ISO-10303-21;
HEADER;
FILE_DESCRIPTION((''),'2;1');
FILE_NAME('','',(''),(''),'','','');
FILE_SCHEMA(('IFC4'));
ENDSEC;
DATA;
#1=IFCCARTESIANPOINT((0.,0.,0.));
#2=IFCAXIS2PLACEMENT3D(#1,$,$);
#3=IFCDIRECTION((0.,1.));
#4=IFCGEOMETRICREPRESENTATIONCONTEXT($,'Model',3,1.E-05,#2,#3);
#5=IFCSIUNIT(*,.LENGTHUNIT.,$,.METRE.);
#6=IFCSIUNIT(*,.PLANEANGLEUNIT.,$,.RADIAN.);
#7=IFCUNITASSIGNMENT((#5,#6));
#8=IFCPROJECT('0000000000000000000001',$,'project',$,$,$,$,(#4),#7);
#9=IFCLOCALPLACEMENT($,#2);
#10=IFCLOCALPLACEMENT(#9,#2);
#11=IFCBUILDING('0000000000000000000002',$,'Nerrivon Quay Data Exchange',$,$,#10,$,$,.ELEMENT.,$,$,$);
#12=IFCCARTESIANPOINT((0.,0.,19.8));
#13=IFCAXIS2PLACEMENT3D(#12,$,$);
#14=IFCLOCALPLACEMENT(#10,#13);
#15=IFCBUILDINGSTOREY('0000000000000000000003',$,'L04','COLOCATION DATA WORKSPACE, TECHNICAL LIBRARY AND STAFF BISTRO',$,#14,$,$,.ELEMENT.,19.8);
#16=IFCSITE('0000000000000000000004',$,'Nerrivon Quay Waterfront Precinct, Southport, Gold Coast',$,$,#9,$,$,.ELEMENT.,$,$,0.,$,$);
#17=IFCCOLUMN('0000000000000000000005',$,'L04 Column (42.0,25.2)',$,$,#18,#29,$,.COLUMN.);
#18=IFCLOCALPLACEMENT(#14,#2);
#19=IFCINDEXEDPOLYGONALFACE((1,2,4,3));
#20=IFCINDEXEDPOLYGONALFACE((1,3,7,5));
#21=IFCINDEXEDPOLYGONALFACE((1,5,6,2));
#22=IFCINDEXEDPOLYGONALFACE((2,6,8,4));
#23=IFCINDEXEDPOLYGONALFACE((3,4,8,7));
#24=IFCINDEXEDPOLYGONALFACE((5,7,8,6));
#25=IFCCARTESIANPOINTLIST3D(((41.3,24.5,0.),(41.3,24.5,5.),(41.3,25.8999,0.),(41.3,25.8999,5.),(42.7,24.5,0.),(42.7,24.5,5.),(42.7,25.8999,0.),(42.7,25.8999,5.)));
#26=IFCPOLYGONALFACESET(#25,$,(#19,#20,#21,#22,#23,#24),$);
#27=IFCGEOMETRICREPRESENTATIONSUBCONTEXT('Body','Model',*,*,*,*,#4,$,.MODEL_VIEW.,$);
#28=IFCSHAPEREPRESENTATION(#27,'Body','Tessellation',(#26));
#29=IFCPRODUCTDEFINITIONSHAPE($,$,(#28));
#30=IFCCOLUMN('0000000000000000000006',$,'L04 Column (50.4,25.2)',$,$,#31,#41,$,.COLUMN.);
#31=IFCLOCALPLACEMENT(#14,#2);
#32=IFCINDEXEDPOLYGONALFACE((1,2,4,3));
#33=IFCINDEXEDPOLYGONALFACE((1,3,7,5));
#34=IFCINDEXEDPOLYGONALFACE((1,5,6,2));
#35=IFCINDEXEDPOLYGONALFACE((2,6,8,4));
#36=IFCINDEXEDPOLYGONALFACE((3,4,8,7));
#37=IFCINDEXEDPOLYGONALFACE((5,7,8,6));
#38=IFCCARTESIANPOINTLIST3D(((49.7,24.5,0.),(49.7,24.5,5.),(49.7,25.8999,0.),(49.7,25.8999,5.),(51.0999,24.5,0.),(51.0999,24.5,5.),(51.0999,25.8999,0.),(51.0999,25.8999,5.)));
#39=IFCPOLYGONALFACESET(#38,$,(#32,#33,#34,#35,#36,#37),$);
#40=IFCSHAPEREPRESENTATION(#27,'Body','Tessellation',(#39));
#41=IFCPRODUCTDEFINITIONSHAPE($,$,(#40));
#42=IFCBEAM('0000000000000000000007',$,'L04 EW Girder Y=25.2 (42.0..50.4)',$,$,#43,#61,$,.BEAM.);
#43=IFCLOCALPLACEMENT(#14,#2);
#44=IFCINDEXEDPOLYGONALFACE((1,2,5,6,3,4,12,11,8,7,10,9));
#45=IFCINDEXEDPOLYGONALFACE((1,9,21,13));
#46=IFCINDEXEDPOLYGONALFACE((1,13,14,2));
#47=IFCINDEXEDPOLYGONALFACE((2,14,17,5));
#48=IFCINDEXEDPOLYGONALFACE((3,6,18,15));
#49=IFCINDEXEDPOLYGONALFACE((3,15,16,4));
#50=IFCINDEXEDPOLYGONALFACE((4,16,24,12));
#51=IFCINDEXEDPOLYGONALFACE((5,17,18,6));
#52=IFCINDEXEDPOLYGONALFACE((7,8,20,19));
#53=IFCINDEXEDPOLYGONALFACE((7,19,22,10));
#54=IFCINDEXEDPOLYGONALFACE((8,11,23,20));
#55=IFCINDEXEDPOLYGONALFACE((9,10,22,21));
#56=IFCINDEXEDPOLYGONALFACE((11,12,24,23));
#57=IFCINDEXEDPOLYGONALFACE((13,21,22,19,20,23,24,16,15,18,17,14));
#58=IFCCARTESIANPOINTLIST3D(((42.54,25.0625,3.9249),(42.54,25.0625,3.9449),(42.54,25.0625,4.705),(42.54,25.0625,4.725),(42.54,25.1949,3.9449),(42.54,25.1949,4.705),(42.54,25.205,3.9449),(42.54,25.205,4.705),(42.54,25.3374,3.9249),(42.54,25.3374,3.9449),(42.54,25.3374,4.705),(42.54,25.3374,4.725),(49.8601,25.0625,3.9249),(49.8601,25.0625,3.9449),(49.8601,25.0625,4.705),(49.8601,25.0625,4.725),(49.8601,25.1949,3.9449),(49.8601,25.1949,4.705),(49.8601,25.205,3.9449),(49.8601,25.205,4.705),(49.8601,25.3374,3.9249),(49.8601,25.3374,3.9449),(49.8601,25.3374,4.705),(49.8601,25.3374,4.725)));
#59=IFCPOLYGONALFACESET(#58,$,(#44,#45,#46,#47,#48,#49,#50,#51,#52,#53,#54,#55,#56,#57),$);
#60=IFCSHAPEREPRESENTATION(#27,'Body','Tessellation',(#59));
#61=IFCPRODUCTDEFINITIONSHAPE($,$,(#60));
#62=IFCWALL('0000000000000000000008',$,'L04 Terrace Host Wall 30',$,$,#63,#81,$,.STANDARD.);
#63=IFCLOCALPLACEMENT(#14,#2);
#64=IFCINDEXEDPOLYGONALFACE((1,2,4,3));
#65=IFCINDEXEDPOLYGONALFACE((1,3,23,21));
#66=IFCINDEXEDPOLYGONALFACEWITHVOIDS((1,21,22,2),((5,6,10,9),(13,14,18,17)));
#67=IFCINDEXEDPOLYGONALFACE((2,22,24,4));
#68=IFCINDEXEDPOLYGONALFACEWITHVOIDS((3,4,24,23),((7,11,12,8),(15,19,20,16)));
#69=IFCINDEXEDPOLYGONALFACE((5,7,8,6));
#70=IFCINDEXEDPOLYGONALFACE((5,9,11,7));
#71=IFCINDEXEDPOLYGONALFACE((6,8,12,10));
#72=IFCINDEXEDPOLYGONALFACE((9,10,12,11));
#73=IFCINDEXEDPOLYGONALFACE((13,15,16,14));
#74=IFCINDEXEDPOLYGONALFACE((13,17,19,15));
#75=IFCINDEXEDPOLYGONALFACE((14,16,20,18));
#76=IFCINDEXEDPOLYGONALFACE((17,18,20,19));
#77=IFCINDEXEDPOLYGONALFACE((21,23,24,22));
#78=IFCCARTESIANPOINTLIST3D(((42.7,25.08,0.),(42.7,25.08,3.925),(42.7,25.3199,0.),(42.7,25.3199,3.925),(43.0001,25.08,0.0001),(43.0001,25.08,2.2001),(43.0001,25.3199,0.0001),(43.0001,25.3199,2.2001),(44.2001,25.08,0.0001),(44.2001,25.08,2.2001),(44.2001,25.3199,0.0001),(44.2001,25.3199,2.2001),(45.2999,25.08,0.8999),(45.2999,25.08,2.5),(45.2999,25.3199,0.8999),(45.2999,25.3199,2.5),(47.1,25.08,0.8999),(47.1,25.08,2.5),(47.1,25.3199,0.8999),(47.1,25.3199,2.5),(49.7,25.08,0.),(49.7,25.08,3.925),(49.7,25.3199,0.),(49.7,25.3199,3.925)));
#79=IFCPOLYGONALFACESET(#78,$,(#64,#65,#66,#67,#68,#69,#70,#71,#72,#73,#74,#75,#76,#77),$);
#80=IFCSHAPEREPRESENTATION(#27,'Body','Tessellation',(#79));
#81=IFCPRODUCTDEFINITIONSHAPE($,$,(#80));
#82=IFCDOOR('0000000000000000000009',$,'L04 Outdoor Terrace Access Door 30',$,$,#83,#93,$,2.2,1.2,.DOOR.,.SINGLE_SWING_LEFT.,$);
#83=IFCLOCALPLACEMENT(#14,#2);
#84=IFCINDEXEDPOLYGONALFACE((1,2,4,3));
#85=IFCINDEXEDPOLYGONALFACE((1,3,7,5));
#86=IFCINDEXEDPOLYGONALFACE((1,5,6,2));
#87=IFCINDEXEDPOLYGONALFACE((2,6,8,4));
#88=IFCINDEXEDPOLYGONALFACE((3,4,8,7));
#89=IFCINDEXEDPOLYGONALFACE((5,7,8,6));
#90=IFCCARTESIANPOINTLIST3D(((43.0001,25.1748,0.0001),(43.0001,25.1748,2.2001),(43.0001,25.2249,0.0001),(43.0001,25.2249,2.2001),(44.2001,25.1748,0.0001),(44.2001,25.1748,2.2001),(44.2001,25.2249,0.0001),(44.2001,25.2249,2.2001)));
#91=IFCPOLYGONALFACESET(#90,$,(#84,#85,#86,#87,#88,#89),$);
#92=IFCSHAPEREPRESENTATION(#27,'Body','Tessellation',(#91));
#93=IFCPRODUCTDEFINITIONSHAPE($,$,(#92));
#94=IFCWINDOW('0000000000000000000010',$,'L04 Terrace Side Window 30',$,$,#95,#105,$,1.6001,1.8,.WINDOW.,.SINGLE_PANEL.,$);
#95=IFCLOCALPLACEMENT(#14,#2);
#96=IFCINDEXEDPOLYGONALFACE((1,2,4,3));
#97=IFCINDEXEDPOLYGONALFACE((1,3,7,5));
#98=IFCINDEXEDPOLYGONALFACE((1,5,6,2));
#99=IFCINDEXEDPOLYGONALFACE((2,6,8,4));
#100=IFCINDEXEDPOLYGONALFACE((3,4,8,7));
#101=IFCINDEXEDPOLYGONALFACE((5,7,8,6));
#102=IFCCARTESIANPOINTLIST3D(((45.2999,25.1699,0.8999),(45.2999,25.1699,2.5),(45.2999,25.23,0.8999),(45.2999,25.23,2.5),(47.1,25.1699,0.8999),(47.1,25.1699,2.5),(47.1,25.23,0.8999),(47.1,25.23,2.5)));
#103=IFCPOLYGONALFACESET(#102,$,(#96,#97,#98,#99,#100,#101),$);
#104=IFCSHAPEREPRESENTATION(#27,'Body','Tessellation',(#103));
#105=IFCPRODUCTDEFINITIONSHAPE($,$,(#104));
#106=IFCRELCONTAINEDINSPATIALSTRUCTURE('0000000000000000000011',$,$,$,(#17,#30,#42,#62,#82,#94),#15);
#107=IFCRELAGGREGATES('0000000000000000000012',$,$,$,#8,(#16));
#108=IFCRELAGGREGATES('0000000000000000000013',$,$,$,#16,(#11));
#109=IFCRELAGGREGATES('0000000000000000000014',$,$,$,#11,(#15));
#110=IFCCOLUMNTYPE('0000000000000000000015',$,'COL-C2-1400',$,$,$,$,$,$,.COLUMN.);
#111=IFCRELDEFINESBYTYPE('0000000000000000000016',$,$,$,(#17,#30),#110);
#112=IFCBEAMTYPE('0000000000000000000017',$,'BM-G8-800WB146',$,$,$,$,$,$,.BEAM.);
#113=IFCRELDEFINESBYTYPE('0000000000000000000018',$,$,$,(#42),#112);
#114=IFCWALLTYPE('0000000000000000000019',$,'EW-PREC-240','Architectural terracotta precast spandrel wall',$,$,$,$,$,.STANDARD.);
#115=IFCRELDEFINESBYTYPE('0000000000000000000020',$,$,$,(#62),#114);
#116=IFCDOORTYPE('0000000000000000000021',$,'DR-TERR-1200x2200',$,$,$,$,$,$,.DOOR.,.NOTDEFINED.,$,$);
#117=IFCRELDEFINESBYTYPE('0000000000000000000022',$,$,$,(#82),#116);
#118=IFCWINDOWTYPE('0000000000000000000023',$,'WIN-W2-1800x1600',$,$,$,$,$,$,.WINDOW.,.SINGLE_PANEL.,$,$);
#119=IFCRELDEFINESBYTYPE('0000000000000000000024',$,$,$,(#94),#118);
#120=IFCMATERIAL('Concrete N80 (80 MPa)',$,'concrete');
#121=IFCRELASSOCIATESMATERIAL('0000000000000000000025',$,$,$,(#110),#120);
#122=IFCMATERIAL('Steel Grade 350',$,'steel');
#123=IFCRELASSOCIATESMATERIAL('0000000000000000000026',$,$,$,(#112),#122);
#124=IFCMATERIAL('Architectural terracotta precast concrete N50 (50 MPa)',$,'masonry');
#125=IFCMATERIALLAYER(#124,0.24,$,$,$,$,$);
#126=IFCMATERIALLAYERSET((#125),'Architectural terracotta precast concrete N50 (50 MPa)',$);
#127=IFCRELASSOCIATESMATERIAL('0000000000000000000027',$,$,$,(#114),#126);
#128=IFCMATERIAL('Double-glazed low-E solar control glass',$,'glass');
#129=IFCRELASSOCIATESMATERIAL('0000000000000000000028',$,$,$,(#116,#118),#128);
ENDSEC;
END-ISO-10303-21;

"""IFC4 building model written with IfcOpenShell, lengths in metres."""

from ifc_helpers import new_model, si_unit, direction, frame, frame_2d, origin, origin_2d, place, context, subcontext, project, spatial, rectangle, i_section, extrude, material, layer, layer_set, material_profile, profile_set, type_object, element, fill, save


model = new_model("IFC4")

# Units and contexts
model_context = context("Model", 3, precision=1e-05, world=origin(), true_north=direction((0.0, 1.0)))
body_context = subcontext(model_context, "Body", "Model", "MODEL_VIEW")
ifc_project = project(units=[si_unit("LENGTHUNIT", "METRE"), si_unit("PLANEANGLEUNIT", "RADIAN")], contexts=[model_context])

# Site, building, storey
site_placement = place(None, origin())
site = spatial("IfcSite", under=ifc_project, at=site_placement, Name="Nerrivon Quay Waterfront Precinct, Southport, Gold Coast", CompositionType="ELEMENT", RefElevation=0.0)
building_placement = place(site_placement, origin())
building = spatial("IfcBuilding", under=site, at=building_placement, Name="Nerrivon Quay Data Exchange", CompositionType="ELEMENT")
storey_placement = place(building_placement, frame((0.0, 0.0, 19.8)))
storey = spatial("IfcBuildingStorey", under=building, at=storey_placement, Name="L04", Description="COLOCATION DATA WORKSPACE, TECHNICAL LIBRARY AND STAFF BISTRO", CompositionType="ELEMENT", Elevation=19.8)

# Columns
ifc_material_1 = material(Name="Concrete N80 (80 MPa)", Category="concrete")
ifc_material_profile_1 = material_profile(ifc_material_1, rectangle(XDim=1.3999, YDim=1.3999, at=origin_2d()), Name="RC-COL-1400x1400")
ifc_profile_set_1 = profile_set([ifc_material_profile_1], Name="Concrete N80 (80 MPa)")
column_type = type_object("IfcColumnType", Name="COL-C2-1400", PredefinedType="COLUMN", material=ifc_profile_set_1)
for number, where, z_axis, x_axis, name in (
    (1, (42.0, 25.2, 0.0), (0.0, 0.0, 1.0), (1.0, 0.0, 0.0), "L04 Column (42.0,25.2)"),
    (2, (50.3999, 25.2, 0.0), (0.0, 0.0, 1.0), (1.0, 0.0, 0.0), "L04 Column (50.4,25.2)"),
):
    element("IfcColumn", number, at=place(storey_placement, frame(where, z_axis=z_axis, x_axis=x_axis)), inside=storey, type_object=column_type, Name=name, PredefinedType="COLUMN", context=body_context, shape_type="SweptSolid", body=[
        extrude(rectangle(XDim=1.3999, YDim=1.3999, at=origin_2d()), origin(), (0.0, 0.0, 1.0), 5.0),
    ])

# Beam
ifc_material_2 = material(Name="Steel Grade 350", Category="steel")
ifc_material_profile_2 = material_profile(ifc_material_2, i_section(OverallWidth=0.2749, OverallDepth=0.8, WebThickness=0.01, FlangeThickness=0.02, at=origin_2d()), Name="800WB146")
ifc_profile_set_2 = profile_set([ifc_material_profile_2], Name="Steel Grade 350")
beam_type = type_object("IfcBeamType", Name="BM-G8-800WB146", PredefinedType="BEAM", material=ifc_profile_set_2)
beam_placement = place(storey_placement, frame((42.54, 25.2, 4.325), z_axis=(1.0, 0.0, 0.0), x_axis=(0.0, 1.0, 0.0)))
element("IfcBeam", 3, at=beam_placement, inside=storey, type_object=beam_type, Name="L04 EW Girder Y=25.2 (42.0..50.4)", PredefinedType="BEAM", context=body_context, shape_type="SweptSolid", body=[
    extrude(i_section(OverallWidth=0.2749, OverallDepth=0.8, WebThickness=0.01, FlangeThickness=0.02, at=origin_2d()), origin(), (0.0, 0.0, 1.0), 7.3201),
])

# Wall, openings, door, window
ifc_material_3 = material(Name="Architectural terracotta precast concrete N50 (50 MPa)", Category="masonry")
ifc_layer = layer(ifc_material_3, 0.24)
ifc_layer_set = layer_set([ifc_layer], Name="Architectural terracotta precast concrete N50 (50 MPa)")
wall_type = type_object("IfcWallType", Name="EW-PREC-240", Description="Architectural terracotta precast spandrel wall", PredefinedType="STANDARD", material=ifc_layer_set)
wall_placement = place(storey_placement, frame((42.7, 25.2, 0.0), z_axis=(0.0, 0.0, 1.0), x_axis=(1.0, 0.0, 0.0)))
wall = element("IfcWall", 4, at=wall_placement, inside=storey, type_object=wall_type, Name="L04 Terrace Host Wall 30", PredefinedType="STANDARD", context=body_context, shape_type="SweptSolid", body=[
    extrude(rectangle(XDim=7.0, YDim=0.24, at=frame_2d((3.5, 0.0))), origin(), (0.0, 0.0, 1.0), 3.925),
])
opening_1_placement = place(wall_placement, frame((0.3, 0.0, 0.0)))
opening_1 = element("IfcOpeningElement", 5, at=opening_1_placement, cuts=wall, PredefinedType="OPENING", context=body_context, shape_type="SweptSolid", body=[
    extrude(rectangle(XDim=1.2, YDim=2.2, at=frame_2d((0.6001, 1.1001))), frame((0.0, 0.1299, 0.0), z_axis=(0.0, -1.0, 0.0), x_axis=(1.0, 0.0, 0.0)), (0.0, 0.0, 1.0), 0.26),
])
opening_2_placement = place(wall_placement, frame((2.6001, 0.0, 0.8999)))
opening_2 = element("IfcOpeningElement", 6, at=opening_2_placement, cuts=wall, PredefinedType="OPENING", context=body_context, shape_type="SweptSolid", body=[
    extrude(rectangle(XDim=1.8, YDim=1.6001, at=frame_2d((0.8999, 0.8))), frame((0.0, 0.1299, 0.0), z_axis=(0.0, -1.0, 0.0), x_axis=(1.0, 0.0, 0.0)), (0.0, 0.0, 1.0), 0.26),
])
ifc_material_4 = material(Name="Double-glazed low-E solar control glass", Category="glass")
door_type = type_object("IfcDoorType", Name="DR-TERR-1200x2200", OperationType="NOTDEFINED", PredefinedType="DOOR", material=ifc_material_4)
door_placement = place(opening_1_placement, origin())
door = element("IfcDoor", 7, at=door_placement, inside=storey, type_object=door_type, Name="L04 Outdoor Terrace Access Door 30", OperationType="SINGLE_SWING_LEFT", OverallHeight=2.2, OverallWidth=1.2, PredefinedType="DOOR", context=body_context, shape_type="SweptSolid", body=[
    extrude(rectangle(XDim=1.2, YDim=2.2, at=frame_2d((0.6001, 1.1001))), frame((0.0, 0.0249, 0.0), z_axis=(0.0, -1.0, 0.0), x_axis=(1.0, 0.0, 0.0)), (0.0, 0.0, 1.0), 0.05),
])
fill(opening_1, door)
window_type = type_object("IfcWindowType", Name="WIN-W2-1800x1600", PartitioningType="SINGLE_PANEL", PredefinedType="WINDOW", material=ifc_material_4)
window_placement = place(opening_2_placement, origin())
window = element("IfcWindow", 8, at=window_placement, inside=storey, type_object=window_type, Name="L04 Terrace Side Window 30", OverallHeight=1.6001, OverallWidth=1.8, PartitioningType="SINGLE_PANEL", PredefinedType="WINDOW", context=body_context, shape_type="SweptSolid", body=[
    extrude(rectangle(XDim=1.8, YDim=1.6001, at=frame_2d((0.8999, 0.8))), frame((0.0, 0.03, 0.0), z_axis=(0.0, -1.0, 0.0), x_axis=(1.0, 0.0, 0.0)), (0.0, 0.0, 1.0), 0.0601),
])
fill(opening_2, window)

save(model, "model.ifc")
